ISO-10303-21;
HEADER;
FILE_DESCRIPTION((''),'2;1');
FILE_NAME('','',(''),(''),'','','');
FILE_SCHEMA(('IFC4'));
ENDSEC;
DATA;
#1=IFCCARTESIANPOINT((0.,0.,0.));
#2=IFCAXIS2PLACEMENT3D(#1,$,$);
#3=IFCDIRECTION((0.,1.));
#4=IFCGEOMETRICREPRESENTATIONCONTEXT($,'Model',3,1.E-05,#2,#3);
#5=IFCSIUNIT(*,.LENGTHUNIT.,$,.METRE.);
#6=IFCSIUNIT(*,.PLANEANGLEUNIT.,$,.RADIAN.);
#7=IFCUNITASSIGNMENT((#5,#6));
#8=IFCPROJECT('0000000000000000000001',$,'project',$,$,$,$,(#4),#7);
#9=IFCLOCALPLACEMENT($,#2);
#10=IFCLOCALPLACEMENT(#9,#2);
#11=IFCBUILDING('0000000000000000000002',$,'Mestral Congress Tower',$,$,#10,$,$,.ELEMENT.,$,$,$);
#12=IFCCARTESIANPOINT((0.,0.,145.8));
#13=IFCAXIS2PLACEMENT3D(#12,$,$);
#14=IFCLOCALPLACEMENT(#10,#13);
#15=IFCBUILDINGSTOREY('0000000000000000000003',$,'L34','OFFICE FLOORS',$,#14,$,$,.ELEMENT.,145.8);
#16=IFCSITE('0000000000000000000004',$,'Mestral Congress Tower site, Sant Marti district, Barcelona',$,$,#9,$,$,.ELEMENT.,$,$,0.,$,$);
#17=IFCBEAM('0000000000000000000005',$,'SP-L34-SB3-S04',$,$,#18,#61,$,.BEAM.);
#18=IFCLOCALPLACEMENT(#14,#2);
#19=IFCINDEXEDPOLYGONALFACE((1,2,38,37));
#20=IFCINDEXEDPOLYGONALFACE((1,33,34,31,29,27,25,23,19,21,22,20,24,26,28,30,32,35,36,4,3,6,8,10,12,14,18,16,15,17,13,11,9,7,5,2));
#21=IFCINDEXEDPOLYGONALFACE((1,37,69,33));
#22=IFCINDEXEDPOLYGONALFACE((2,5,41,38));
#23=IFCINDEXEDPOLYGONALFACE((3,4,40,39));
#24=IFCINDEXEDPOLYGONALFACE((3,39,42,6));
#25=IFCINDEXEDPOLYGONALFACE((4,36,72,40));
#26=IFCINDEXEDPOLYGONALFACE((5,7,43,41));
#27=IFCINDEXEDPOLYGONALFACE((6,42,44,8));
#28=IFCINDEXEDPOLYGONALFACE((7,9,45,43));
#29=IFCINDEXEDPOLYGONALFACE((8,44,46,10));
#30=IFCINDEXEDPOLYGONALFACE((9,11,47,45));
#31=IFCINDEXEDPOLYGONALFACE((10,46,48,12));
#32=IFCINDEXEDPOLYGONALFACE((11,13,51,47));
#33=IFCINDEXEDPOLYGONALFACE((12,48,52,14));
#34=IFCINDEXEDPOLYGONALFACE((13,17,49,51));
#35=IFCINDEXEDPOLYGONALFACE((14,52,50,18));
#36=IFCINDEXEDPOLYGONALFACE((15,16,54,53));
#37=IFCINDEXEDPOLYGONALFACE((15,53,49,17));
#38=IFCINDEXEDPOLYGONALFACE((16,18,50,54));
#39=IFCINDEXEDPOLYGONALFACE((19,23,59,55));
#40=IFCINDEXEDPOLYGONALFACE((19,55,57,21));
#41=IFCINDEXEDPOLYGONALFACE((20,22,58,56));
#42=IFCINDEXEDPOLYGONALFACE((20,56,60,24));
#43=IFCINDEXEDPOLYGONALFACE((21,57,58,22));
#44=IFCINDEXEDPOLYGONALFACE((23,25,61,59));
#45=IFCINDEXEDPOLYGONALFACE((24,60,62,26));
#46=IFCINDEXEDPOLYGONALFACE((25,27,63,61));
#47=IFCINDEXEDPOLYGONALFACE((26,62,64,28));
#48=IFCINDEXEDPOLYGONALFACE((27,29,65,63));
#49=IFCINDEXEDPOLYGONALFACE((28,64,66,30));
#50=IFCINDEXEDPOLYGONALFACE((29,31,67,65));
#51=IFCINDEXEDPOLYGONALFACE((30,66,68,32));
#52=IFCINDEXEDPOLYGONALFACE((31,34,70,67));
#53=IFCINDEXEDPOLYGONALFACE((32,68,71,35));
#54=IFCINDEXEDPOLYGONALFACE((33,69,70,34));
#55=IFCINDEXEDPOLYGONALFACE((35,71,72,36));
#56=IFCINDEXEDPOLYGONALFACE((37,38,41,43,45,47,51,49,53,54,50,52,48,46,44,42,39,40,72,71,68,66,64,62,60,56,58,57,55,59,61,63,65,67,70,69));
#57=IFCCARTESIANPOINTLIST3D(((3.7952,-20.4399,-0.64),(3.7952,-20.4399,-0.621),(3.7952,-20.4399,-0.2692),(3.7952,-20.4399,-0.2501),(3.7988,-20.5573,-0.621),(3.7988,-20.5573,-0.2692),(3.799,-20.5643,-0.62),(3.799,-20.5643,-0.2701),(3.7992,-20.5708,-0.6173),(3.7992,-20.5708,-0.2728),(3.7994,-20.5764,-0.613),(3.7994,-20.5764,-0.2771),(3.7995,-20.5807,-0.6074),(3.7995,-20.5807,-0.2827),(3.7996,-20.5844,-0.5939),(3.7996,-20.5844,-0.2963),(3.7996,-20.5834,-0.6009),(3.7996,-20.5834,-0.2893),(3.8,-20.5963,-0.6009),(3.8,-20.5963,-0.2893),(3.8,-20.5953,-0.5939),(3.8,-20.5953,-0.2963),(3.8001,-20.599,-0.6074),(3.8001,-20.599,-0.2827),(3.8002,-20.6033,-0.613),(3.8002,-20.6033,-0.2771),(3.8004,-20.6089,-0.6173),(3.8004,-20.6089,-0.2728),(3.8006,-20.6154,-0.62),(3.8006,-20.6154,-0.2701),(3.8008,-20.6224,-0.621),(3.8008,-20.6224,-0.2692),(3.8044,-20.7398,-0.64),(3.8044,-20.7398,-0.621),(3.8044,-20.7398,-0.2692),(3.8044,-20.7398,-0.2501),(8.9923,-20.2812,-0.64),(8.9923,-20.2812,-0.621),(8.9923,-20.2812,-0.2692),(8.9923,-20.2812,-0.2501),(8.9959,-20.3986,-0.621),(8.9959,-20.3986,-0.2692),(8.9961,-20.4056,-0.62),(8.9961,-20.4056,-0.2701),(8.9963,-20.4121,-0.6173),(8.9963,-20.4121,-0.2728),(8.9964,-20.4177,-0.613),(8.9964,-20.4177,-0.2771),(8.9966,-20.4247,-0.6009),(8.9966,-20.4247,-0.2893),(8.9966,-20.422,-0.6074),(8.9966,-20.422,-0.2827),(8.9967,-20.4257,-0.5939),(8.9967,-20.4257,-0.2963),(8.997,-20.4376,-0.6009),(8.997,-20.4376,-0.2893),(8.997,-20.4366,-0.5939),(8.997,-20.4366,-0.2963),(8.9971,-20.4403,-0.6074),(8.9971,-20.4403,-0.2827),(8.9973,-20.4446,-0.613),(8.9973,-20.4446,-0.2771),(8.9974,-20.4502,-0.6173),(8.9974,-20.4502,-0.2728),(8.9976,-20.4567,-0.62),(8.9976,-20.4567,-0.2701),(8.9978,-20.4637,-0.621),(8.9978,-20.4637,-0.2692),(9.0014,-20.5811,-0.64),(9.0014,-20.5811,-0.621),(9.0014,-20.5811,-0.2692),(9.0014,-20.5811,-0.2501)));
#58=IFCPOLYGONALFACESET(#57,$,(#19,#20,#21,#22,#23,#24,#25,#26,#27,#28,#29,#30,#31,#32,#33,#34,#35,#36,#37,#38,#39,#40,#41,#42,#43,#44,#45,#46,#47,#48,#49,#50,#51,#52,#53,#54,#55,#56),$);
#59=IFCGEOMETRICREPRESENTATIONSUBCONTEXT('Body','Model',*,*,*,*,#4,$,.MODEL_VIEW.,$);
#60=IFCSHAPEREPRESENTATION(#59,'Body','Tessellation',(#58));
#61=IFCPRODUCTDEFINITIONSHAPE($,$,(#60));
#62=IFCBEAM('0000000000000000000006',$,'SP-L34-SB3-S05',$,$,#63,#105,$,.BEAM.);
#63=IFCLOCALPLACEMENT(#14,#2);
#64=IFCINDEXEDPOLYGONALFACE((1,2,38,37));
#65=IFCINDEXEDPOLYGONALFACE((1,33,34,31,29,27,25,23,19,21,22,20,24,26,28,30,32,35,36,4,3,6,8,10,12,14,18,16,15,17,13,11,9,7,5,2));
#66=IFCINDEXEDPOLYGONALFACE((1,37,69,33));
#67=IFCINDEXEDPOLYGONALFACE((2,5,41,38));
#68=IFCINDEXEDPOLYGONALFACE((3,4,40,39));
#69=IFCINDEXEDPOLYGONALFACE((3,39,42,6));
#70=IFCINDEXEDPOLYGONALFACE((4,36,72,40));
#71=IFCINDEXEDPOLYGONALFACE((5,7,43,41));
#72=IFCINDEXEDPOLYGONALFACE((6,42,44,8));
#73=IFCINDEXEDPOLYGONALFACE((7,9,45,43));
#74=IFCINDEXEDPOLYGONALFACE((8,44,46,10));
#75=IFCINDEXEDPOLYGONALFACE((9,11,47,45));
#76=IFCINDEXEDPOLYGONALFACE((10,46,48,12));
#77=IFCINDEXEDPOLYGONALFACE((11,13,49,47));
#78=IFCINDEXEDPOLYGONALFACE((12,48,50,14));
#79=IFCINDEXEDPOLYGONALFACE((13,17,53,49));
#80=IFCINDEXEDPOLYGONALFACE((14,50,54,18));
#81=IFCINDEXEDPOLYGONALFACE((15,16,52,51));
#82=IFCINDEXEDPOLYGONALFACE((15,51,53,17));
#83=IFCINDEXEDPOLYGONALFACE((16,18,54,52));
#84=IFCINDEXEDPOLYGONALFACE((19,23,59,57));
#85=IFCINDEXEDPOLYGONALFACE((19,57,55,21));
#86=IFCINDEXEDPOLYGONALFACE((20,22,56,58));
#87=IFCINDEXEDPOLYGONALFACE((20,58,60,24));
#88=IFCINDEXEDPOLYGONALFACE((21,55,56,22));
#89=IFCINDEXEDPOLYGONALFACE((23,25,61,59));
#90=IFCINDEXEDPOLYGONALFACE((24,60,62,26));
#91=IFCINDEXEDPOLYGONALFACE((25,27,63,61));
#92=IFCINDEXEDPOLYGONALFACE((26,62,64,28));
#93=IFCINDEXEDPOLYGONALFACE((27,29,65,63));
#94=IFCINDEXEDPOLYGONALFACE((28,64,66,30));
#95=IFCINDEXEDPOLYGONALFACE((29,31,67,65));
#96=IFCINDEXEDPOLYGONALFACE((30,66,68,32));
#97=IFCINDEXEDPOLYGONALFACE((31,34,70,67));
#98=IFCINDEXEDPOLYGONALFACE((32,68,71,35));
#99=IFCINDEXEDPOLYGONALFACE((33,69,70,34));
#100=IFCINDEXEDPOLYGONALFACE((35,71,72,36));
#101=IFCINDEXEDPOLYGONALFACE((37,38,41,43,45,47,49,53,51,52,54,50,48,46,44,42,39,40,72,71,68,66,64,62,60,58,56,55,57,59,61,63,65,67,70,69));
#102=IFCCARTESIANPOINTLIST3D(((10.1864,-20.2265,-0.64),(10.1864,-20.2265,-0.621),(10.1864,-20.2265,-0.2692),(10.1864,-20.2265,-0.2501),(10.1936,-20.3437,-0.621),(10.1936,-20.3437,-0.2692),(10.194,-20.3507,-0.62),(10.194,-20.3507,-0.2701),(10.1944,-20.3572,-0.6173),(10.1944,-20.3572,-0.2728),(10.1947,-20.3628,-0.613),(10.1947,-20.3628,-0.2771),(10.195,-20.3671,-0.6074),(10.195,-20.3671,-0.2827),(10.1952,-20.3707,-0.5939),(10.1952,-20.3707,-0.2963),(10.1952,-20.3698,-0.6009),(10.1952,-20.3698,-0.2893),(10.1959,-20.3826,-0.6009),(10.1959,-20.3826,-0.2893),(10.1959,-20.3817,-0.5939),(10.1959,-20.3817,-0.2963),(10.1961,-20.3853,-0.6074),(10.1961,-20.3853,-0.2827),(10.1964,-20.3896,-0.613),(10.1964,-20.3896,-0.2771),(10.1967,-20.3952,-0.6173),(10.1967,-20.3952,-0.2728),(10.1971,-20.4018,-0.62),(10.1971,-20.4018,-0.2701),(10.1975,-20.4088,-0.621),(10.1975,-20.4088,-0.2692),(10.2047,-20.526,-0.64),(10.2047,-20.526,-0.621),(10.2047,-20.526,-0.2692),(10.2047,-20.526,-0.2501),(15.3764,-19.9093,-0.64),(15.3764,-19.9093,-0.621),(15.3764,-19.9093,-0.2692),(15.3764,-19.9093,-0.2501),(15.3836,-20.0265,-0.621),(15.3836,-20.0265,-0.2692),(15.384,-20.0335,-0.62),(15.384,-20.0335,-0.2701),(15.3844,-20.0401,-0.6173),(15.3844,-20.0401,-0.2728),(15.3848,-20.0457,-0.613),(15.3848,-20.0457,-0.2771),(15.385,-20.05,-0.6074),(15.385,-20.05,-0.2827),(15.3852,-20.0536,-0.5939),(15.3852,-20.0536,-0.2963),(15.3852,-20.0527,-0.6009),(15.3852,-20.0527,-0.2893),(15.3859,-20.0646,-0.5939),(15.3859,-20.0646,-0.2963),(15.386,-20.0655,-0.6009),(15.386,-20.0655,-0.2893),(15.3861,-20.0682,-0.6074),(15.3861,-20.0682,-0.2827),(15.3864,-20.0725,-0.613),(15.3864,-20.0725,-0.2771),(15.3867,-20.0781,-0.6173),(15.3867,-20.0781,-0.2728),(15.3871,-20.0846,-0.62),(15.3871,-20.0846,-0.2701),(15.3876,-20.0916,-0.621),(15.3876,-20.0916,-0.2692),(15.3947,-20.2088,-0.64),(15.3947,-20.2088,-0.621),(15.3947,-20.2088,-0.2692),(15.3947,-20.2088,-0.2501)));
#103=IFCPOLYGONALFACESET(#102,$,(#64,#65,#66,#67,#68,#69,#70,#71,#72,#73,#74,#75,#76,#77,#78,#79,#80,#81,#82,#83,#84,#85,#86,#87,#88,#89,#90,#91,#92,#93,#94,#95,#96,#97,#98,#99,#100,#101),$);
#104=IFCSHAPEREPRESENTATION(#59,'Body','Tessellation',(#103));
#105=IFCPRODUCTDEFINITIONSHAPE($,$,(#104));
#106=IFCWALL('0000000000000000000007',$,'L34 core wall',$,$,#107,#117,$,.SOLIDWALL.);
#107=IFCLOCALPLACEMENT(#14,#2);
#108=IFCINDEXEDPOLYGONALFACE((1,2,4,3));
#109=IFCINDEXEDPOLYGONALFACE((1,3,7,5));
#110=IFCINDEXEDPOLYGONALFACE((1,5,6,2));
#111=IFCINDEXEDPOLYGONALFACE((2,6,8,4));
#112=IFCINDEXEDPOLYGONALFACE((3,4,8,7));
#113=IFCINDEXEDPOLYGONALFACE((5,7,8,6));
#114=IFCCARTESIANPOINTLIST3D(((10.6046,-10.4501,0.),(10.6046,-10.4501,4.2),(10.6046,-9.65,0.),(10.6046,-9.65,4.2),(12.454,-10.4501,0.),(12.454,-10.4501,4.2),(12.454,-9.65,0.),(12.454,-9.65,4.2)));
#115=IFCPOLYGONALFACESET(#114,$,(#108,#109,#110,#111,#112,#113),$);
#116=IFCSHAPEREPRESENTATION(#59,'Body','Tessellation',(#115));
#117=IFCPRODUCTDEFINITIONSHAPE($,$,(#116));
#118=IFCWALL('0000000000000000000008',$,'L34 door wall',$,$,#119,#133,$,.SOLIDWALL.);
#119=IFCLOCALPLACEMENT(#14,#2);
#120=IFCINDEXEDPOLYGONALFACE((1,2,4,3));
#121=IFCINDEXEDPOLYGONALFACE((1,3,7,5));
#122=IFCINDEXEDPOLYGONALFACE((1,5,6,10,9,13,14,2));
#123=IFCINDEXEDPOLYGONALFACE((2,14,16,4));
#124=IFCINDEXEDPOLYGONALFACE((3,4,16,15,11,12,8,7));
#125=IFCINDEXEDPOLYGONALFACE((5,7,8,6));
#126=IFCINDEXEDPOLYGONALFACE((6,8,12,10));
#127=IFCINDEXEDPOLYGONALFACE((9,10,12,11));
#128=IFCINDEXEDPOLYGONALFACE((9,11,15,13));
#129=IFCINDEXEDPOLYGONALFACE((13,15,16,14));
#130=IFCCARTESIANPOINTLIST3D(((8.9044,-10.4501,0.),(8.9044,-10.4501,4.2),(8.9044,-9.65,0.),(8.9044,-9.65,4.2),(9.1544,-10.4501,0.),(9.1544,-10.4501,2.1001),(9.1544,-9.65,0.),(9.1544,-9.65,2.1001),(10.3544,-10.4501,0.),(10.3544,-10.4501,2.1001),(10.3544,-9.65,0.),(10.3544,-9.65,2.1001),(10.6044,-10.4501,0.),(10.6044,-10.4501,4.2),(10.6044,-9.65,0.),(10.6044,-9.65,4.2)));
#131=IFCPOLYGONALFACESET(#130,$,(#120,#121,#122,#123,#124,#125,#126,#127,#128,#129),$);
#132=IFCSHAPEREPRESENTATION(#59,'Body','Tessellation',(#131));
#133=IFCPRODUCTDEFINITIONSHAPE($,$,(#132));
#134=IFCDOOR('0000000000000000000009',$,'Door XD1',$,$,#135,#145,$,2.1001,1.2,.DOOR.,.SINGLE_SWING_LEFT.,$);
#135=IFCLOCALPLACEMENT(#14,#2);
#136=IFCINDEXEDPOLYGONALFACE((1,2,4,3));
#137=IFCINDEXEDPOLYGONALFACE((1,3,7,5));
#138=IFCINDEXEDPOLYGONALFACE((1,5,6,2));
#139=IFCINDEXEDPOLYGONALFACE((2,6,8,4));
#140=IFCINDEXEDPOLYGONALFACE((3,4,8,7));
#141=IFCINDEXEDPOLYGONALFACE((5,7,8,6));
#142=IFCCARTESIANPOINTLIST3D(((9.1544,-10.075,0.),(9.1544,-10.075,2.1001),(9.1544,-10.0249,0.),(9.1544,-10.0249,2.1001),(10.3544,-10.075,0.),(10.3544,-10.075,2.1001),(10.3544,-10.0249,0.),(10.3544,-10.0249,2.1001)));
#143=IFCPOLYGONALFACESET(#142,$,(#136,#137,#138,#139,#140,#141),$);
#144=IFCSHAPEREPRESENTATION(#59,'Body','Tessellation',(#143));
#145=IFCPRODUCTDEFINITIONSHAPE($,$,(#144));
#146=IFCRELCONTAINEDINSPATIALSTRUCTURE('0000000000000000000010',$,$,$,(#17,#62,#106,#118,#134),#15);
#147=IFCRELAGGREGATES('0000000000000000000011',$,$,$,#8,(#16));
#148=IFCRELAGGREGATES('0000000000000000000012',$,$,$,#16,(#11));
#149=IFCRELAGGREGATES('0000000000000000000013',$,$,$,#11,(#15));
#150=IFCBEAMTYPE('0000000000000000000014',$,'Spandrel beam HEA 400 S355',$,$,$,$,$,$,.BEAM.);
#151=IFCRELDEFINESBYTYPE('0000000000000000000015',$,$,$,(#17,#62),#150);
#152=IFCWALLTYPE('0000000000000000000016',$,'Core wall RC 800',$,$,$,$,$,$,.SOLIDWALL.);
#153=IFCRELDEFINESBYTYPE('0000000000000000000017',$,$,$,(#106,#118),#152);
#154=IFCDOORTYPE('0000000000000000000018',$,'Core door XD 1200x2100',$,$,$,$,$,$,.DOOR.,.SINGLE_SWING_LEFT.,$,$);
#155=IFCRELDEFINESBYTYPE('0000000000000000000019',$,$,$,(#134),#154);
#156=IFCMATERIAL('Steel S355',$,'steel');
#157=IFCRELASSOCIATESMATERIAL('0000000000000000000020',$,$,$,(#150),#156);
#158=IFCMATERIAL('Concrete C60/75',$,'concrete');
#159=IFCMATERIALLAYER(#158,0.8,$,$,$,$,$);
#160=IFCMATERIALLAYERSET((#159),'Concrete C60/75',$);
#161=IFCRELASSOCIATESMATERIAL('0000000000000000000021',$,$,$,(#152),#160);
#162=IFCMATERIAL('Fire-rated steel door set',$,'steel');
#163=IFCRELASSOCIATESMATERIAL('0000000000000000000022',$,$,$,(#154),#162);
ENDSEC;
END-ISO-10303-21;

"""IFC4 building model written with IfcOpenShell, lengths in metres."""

from ifc_helpers import new_model, si_unit, direction, frame, frame_2d, origin, origin_2d, place, context, subcontext, project, spatial, rectangle, i_section, extrude, material, layer, layer_set, material_profile, profile_set, type_object, element, fill, save


model = new_model("IFC4")

# Units and contexts
model_context = context("Model", 3, precision=1e-05, world=origin(), true_north=direction((0.0, 1.0)))
body_context = subcontext(model_context, "Body", "Model", "MODEL_VIEW")
ifc_project = project(units=[si_unit("LENGTHUNIT", "METRE"), si_unit("PLANEANGLEUNIT", "RADIAN")], contexts=[model_context])

# Site, building, storey
site_placement = place(None, origin())
site = spatial("IfcSite", under=ifc_project, at=site_placement, Name="Mestral Congress Tower site, Sant Marti district, Barcelona", CompositionType="ELEMENT", RefElevation=0.0)
building_placement = place(site_placement, origin())
building = spatial("IfcBuilding", under=site, at=building_placement, Name="Mestral Congress Tower", CompositionType="ELEMENT")
storey_placement = place(building_placement, frame((0.0, 0.0, 145.8)))
storey = spatial("IfcBuildingStorey", under=building, at=storey_placement, Name="L34", Description="OFFICE FLOORS", CompositionType="ELEMENT", Elevation=145.8)

# Shared definitions
ifc_material_1 = material(Name="Concrete C60/75", Category="concrete")

# Beams
ifc_material_2 = material(Name="Steel S355", Category="steel")
ifc_material_profile_1 = material_profile(ifc_material_2, i_section(OverallWidth=0.3, OverallDepth=0.3899, WebThickness=0.011, FlangeThickness=0.019, FilletRadius=0.0271, at=origin_2d()), Name="HEA 400")
ifc_profile_set_1 = profile_set([ifc_material_profile_1], Name="Steel S355")
beam_type_1 = type_object("IfcBeamType", Name="Spandrel beam HEA 400 S355", PredefinedType="BEAM", material=ifc_profile_set_1)
beam_1_placement = place(storey_placement, frame((3.7998, -20.5898, -0.4451), z_axis=(0.999534, 0.030521, 0.0), x_axis=(-0.030521, 0.999534, 0.0)))
element("IfcBeam", 1, at=beam_1_placement, inside=storey, type_object=beam_type_1, Name="SP-L34-SB3-S04", PredefinedType="BEAM", context=body_context, shape_type="SweptSolid", body=[
    extrude(i_section(OverallWidth=0.3, OverallDepth=0.3899, WebThickness=0.011, FlangeThickness=0.019, FilletRadius=0.0271, at=origin_2d()), origin(), (0.0, 0.0, 1.0), 5.1995),
])
beam_2_placement = place(storey_placement, frame((10.1956, -20.3762, -0.4451), z_axis=(0.998138, 0.060993, 0.0), x_axis=(-0.060993, 0.998138, 0.0)))
element("IfcBeam", 2, at=beam_2_placement, inside=storey, type_object=beam_type_1, Name="SP-L34-SB3-S05", PredefinedType="BEAM", context=body_context, shape_type="SweptSolid", body=[
    extrude(i_section(OverallWidth=0.3, OverallDepth=0.3899, WebThickness=0.011, FlangeThickness=0.019, FilletRadius=0.0271, at=origin_2d()), origin(), (0.0, 0.0, 1.0), 5.1997),
])

# Wall
ifc_layer_1 = layer(ifc_material_1, 0.8)
ifc_layer_set_1 = layer_set([ifc_layer_1], Name="Concrete C60/75")
wall_type_1 = type_object("IfcWallType", Name="Core wall RC 800", PredefinedType="SOLIDWALL", material=ifc_layer_set_1)
wall_1_placement = place(storey_placement, frame((10.6045, -10.05, 0.0), z_axis=(0.0, 0.0, 1.0), x_axis=(1.0, 0.0, 0.0)))
element("IfcWall", 3, at=wall_1_placement, inside=storey, type_object=wall_type_1, Name="L34 core wall", PredefinedType="SOLIDWALL", context=body_context, shape_type="SweptSolid", body=[
    extrude(rectangle(XDim=1.8494, YDim=0.8, at=frame_2d((0.9248, 0.0))), origin(), (0.0, 0.0, 1.0), 4.2),
])

# Wall, opening, door
wall_2_placement = place(storey_placement, frame((10.6045, -10.05, 0.0), z_axis=(0.0, 0.0, 1.0), x_axis=(-1.0, 0.0, 0.0)))
wall_2 = element("IfcWall", 4, at=wall_2_placement, inside=storey, type_object=wall_type_1, Name="L34 door wall", PredefinedType="SOLIDWALL", context=body_context, shape_type="SweptSolid", body=[
    extrude(rectangle(XDim=1.7, YDim=0.8, at=frame_2d((0.8501, 0.0))), origin(), (0.0, 0.0, 1.0), 4.2),
])
opening_1_placement = place(wall_2_placement, frame((0.25, 0.0, 0.0)))
opening_1 = element("IfcOpeningElement", 5, at=opening_1_placement, cuts=wall_2, PredefinedType="OPENING", context=body_context, shape_type="SweptSolid", body=[
    extrude(rectangle(XDim=1.2, YDim=2.1001, at=frame_2d((0.6001, 1.05))), frame((0.0, 0.4099, 0.0), z_axis=(0.0, -1.0, 0.0), x_axis=(1.0, 0.0, 0.0)), (0.0, 0.0, 1.0), 0.8201),
])
ifc_material_3 = material(Name="Fire-rated steel door set", Category="steel")
door_type_1 = type_object("IfcDoorType", Name="Core door XD 1200x2100", OperationType="SINGLE_SWING_LEFT", PredefinedType="DOOR", material=ifc_material_3)
door_1_placement = place(opening_1_placement, origin())
door_1 = element("IfcDoor", 6, at=door_1_placement, inside=storey, type_object=door_type_1, Name="Door XD1", OperationType="SINGLE_SWING_LEFT", OverallHeight=2.1001, OverallWidth=1.2, PredefinedType="DOOR", context=body_context, shape_type="SweptSolid", body=[
    extrude(rectangle(XDim=1.2, YDim=2.1001, at=frame_2d((0.6001, 1.05))), frame((0.0, 0.0249, 0.0), z_axis=(0.0, -1.0, 0.0), x_axis=(1.0, 0.0, 0.0)), (0.0, 0.0, 1.0), 0.05),
])
fill(opening_1, door_1)

save(model, "model.ifc")
